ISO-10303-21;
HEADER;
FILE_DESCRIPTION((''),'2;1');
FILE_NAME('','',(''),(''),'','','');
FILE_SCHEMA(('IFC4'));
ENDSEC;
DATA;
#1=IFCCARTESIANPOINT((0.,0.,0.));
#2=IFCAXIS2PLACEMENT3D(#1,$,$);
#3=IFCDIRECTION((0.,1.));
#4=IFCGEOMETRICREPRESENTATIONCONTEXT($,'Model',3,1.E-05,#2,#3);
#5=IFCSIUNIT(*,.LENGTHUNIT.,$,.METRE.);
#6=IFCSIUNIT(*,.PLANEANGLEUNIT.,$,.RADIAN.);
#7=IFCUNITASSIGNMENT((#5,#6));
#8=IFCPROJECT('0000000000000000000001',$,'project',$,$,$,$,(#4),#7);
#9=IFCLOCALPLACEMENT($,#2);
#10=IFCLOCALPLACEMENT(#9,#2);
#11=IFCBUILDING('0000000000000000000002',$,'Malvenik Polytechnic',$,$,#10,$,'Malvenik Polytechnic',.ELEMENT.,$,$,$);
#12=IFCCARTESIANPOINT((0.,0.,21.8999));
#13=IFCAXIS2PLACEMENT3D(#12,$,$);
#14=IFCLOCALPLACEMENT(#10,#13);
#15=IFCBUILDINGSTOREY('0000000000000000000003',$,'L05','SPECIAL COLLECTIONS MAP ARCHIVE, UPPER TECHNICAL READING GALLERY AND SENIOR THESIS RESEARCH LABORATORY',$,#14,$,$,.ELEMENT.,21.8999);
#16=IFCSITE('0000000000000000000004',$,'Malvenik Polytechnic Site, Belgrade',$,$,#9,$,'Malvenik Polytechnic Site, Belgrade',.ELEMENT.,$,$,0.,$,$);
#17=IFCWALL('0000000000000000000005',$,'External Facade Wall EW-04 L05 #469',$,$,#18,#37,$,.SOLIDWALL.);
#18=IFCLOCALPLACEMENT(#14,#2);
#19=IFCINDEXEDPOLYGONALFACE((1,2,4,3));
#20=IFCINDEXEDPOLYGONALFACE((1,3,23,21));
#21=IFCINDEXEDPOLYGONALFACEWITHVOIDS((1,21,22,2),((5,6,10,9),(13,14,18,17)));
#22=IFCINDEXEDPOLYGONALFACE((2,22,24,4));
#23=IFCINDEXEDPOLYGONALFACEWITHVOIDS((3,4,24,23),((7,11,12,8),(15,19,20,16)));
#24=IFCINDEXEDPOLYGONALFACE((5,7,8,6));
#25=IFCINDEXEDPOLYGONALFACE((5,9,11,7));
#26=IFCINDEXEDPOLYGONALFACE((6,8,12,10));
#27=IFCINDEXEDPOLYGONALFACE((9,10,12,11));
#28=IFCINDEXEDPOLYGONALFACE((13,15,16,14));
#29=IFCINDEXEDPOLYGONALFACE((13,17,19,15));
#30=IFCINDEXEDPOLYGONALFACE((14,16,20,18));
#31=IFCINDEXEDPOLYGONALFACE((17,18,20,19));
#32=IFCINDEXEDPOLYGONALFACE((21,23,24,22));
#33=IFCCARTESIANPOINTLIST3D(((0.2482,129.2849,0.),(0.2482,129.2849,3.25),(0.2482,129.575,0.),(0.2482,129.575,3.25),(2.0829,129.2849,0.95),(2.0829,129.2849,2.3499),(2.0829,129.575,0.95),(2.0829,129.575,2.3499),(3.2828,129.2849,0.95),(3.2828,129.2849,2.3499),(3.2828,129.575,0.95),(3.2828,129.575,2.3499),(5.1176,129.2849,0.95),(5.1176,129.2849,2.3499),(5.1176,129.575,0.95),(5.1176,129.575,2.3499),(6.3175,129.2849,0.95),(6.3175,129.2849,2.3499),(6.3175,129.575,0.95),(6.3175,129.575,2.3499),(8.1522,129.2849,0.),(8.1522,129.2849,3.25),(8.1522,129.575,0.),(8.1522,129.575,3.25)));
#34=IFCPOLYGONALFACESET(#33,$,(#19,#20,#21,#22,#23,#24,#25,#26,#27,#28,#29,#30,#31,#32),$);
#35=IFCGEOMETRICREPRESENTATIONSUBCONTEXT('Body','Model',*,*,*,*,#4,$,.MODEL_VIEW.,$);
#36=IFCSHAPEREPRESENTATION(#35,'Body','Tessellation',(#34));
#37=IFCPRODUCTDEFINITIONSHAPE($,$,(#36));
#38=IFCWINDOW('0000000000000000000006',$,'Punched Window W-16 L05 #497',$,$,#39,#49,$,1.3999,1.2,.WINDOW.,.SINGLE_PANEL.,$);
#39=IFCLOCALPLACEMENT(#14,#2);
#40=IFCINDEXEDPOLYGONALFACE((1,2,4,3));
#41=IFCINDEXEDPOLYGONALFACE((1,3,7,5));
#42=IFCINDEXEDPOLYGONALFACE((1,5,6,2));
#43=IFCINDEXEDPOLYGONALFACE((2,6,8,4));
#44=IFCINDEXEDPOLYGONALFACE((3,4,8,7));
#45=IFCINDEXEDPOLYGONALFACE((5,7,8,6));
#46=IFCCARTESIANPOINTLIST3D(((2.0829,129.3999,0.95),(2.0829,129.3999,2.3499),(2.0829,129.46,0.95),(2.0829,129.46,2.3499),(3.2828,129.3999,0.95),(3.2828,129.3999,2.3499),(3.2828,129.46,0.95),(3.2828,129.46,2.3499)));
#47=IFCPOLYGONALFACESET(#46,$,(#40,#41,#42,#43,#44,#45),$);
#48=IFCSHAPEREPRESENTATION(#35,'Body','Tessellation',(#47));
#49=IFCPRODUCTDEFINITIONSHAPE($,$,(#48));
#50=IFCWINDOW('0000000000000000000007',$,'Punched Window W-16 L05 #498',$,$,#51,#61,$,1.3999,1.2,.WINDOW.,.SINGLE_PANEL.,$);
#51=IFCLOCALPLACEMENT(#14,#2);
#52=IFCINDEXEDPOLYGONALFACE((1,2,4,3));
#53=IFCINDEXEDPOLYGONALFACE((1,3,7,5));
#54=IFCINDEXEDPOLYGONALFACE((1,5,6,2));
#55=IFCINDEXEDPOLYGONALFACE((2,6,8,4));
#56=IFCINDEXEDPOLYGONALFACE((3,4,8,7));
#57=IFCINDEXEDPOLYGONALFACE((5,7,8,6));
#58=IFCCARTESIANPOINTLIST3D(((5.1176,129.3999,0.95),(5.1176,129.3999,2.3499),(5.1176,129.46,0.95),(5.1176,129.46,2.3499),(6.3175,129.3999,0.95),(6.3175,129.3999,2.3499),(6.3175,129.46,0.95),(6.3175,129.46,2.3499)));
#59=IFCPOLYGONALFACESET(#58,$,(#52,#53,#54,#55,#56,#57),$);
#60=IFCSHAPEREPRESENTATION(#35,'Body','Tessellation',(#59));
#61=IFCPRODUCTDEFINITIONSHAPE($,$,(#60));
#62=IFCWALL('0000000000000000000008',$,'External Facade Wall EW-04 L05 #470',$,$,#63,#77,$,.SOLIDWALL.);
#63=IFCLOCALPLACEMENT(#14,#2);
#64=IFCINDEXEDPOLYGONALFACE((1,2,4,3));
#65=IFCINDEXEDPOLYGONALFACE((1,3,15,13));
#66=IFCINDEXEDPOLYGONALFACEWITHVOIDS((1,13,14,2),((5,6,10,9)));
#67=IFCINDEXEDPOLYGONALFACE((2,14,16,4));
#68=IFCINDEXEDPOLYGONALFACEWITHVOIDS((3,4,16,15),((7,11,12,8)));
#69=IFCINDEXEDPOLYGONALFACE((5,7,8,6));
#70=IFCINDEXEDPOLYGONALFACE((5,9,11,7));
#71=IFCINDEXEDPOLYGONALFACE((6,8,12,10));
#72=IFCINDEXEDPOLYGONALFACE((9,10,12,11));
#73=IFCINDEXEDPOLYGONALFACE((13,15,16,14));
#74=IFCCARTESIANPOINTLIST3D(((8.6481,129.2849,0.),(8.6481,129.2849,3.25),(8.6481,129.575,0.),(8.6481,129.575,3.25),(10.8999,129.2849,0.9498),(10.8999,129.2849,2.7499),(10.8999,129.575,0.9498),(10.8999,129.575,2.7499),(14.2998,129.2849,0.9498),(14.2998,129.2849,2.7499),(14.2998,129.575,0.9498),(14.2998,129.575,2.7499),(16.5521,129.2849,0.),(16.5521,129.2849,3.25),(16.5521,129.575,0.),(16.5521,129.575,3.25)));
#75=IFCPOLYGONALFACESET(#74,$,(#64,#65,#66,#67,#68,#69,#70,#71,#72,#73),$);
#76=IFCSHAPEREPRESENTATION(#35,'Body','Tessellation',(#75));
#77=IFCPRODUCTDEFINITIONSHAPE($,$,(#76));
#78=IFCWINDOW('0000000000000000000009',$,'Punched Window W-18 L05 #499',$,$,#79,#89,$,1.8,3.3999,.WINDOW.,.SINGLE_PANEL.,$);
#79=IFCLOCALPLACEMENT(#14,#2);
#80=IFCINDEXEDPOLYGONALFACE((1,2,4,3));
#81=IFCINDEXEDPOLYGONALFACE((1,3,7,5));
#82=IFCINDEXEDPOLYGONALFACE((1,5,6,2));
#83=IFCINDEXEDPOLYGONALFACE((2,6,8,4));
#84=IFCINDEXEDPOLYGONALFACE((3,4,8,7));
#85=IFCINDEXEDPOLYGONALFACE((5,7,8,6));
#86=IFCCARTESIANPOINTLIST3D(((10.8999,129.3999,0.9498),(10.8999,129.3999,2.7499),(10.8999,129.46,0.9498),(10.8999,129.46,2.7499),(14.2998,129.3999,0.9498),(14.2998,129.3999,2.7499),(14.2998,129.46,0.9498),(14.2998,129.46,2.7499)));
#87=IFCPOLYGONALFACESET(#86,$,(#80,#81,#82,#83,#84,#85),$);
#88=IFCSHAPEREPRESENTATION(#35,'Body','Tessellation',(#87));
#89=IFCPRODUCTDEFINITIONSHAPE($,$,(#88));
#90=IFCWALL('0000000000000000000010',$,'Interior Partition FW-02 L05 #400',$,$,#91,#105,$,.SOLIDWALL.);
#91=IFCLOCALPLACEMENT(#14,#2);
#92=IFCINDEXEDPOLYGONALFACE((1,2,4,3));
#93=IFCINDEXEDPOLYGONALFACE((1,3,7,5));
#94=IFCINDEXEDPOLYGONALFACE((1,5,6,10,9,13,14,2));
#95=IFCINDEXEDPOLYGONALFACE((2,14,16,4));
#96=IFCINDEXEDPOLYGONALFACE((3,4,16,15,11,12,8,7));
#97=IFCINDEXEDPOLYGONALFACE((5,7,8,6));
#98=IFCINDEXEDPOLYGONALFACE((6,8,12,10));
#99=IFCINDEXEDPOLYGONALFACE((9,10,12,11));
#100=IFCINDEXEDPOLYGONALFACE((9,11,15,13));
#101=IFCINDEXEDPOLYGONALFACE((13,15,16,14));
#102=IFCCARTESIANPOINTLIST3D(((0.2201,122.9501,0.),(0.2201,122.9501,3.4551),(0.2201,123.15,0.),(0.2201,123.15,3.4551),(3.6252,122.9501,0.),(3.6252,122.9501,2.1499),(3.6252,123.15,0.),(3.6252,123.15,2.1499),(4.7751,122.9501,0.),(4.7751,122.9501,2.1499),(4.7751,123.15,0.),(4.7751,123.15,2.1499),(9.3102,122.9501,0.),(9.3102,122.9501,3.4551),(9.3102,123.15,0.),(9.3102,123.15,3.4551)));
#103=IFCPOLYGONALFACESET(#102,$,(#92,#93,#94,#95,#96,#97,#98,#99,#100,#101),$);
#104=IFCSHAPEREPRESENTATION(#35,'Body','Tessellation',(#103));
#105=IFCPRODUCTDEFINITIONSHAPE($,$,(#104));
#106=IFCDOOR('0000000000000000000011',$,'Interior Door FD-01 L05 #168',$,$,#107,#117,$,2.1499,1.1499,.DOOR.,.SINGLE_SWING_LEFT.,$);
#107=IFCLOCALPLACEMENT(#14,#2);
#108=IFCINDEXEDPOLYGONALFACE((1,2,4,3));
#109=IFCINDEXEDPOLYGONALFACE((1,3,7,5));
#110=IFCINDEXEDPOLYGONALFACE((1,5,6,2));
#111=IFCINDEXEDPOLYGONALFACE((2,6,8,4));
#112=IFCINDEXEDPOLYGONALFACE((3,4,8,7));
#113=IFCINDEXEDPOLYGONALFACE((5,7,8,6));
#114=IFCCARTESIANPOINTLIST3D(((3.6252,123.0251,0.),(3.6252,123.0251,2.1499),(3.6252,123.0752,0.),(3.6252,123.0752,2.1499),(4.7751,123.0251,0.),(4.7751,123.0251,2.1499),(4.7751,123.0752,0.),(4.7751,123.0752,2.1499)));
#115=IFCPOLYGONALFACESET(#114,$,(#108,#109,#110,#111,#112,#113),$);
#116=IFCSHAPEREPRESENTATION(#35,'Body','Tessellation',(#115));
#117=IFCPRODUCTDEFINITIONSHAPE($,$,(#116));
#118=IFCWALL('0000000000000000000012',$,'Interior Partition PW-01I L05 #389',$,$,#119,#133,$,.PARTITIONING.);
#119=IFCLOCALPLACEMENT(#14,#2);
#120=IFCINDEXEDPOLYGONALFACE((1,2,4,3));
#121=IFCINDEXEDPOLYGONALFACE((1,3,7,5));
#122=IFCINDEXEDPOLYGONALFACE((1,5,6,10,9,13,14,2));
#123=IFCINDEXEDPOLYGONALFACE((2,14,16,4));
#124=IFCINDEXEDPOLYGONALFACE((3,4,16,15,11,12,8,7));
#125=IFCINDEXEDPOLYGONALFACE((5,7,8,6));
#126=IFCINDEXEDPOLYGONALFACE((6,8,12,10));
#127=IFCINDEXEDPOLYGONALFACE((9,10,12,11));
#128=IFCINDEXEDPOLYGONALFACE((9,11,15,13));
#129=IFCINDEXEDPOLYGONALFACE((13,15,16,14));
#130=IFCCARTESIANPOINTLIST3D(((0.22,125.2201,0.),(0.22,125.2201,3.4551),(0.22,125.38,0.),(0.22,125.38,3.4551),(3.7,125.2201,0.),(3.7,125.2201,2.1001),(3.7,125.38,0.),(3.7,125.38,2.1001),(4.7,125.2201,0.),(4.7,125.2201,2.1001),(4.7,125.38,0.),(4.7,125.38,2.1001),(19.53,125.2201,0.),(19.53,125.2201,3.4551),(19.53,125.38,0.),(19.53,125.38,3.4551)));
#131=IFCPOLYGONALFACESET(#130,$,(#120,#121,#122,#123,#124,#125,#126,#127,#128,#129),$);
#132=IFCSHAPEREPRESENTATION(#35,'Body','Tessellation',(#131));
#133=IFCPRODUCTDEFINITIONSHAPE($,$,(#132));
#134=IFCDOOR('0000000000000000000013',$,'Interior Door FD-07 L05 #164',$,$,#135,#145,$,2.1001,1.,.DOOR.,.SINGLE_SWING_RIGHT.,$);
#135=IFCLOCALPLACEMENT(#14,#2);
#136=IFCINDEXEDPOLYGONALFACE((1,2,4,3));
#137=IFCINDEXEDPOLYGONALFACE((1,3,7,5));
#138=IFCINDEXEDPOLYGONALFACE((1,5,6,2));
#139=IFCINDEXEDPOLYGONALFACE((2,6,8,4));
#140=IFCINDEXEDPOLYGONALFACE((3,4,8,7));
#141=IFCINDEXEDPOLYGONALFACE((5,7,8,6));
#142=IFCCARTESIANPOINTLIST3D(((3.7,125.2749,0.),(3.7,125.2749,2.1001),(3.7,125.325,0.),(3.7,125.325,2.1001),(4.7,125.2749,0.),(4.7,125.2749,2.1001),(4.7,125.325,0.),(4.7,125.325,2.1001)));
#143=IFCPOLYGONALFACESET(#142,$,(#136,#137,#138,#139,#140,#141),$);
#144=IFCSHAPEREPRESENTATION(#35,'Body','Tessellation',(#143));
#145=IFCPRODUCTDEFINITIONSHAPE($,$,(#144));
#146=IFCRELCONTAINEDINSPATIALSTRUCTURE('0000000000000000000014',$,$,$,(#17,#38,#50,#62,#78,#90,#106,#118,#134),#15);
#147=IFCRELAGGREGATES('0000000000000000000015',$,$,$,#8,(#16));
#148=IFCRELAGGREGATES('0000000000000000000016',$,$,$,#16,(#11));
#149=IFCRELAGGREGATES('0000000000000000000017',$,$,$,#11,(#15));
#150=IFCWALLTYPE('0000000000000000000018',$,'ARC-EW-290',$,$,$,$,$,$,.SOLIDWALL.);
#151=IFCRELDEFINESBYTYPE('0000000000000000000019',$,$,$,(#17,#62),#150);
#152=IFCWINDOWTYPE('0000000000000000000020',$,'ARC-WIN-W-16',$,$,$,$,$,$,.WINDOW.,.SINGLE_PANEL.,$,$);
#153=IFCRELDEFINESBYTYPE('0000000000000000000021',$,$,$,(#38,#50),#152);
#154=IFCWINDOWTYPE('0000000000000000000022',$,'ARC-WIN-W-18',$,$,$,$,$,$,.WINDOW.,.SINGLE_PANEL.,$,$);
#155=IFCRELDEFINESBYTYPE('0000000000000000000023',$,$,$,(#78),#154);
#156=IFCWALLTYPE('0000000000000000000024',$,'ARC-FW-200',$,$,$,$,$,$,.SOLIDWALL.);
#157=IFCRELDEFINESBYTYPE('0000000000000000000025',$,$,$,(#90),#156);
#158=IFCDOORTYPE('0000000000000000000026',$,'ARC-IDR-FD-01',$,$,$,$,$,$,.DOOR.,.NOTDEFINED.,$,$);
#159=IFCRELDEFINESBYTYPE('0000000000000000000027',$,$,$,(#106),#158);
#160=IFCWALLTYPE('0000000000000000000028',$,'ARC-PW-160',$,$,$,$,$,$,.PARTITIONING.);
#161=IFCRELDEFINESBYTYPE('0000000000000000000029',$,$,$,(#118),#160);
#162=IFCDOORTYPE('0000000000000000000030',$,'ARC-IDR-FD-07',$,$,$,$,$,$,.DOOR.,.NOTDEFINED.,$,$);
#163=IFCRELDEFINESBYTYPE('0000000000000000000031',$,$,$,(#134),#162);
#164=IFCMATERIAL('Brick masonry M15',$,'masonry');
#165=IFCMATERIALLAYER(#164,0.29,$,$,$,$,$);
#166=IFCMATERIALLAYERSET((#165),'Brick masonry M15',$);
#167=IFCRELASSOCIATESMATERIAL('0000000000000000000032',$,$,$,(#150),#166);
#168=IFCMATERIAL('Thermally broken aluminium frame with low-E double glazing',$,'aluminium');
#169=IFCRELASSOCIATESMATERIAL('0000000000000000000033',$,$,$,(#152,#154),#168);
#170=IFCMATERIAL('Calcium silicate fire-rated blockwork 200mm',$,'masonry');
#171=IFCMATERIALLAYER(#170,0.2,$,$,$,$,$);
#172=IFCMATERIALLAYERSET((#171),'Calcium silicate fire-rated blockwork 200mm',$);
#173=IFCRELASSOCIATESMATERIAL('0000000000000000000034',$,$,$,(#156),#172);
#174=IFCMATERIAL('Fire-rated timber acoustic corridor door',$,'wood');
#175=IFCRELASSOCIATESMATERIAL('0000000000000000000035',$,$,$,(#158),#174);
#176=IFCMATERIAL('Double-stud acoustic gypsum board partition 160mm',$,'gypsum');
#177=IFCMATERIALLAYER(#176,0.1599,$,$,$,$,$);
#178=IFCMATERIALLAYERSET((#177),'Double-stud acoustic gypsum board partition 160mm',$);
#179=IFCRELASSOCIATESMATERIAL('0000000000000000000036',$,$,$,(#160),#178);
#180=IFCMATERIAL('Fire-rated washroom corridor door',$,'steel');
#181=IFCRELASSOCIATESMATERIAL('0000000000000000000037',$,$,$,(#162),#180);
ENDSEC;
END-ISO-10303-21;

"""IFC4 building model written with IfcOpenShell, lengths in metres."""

from ifc_helpers import new_model, si_unit, direction, frame, frame_2d, origin, place, context, subcontext, project, spatial, rectangle, extrude, material, layer, layer_set, type_object, element, fill, save


model = new_model("IFC4")

# Units and contexts
model_context = context("Model", 3, precision=1e-05, world=origin(), true_north=direction((0.0, 1.0)))
body_context = subcontext(model_context, "Body", "Model", "MODEL_VIEW")
ifc_project = project(units=[si_unit("LENGTHUNIT", "METRE"), si_unit("PLANEANGLEUNIT", "RADIAN")], contexts=[model_context])

# Site, building, storey
site_placement = place(None, origin())
site = spatial("IfcSite", under=ifc_project, at=site_placement, Name="Malvenik Polytechnic Site, Belgrade", LongName="Malvenik Polytechnic Site, Belgrade", CompositionType="ELEMENT", RefElevation=0.0)
building_placement = place(site_placement, origin())
building = spatial("IfcBuilding", under=site, at=building_placement, Name="Malvenik Polytechnic", LongName="Malvenik Polytechnic", CompositionType="ELEMENT")
storey_placement = place(building_placement, frame((0.0, 0.0, 21.8999)))
storey = spatial("IfcBuildingStorey", under=building, at=storey_placement, Name="L05", Description="SPECIAL COLLECTIONS MAP ARCHIVE, UPPER TECHNICAL READING GALLERY AND SENIOR THESIS RESEARCH LABORATORY", CompositionType="ELEMENT", Elevation=21.8999)

# Shared definitions
ifc_material_1 = material(Name="Brick masonry M15", Category="masonry")
ifc_layer_1 = layer(ifc_material_1, 0.29)
ifc_layer_set_1 = layer_set([ifc_layer_1], Name="Brick masonry M15")
wall_type_1 = type_object("IfcWallType", Name="ARC-EW-290", PredefinedType="SOLIDWALL", material=ifc_layer_set_1)

# Wall, openings, windows
wall_1_placement = place(storey_placement, frame((0.248, 129.4299, 0.0), z_axis=(0.0, 0.0, 1.0), x_axis=(1.0, 0.0, 0.0)))
wall_1 = element("IfcWall", 1, at=wall_1_placement, inside=storey, type_object=wall_type_1, Name="External Facade Wall EW-04 L05 #469", PredefinedType="SOLIDWALL", context=body_context, shape_type="SweptSolid", body=[
    extrude(rectangle(XDim=7.9041, YDim=0.29, at=frame_2d((3.9521, 0.0))), origin(), (0.0, 0.0, 1.0), 3.25),
])
opening_1_placement = place(wall_1_placement, frame((1.8347, 0.0, 0.95)))
opening_1 = element("IfcOpeningElement", 2, at=opening_1_placement, cuts=wall_1, PredefinedType="OPENING", context=body_context, shape_type="SweptSolid", body=[
    extrude(rectangle(XDim=1.2, YDim=1.3999, at=frame_2d((0.6001, 0.7))), frame((0.0, 0.155, 0.0), z_axis=(0.0, -1.0, 0.0), x_axis=(1.0, 0.0, 0.0)), (0.0, 0.0, 1.0), 0.3101),
])
opening_2_placement = place(wall_1_placement, frame((4.8694, 0.0, 0.95)))
opening_2 = element("IfcOpeningElement", 3, at=opening_2_placement, cuts=wall_1, PredefinedType="OPENING", context=body_context, shape_type="SweptSolid", body=[
    extrude(rectangle(XDim=1.2, YDim=1.3999, at=frame_2d((0.6001, 0.7))), frame((0.0, 0.155, 0.0), z_axis=(0.0, -1.0, 0.0), x_axis=(1.0, 0.0, 0.0)), (0.0, 0.0, 1.0), 0.3101),
])
ifc_material_2 = material(Name="Thermally broken aluminium frame with low-E double glazing", Category="aluminium")
window_type_1 = type_object("IfcWindowType", Name="ARC-WIN-W-16", PartitioningType="SINGLE_PANEL", PredefinedType="WINDOW", material=ifc_material_2)
window_1_placement = place(opening_1_placement, origin())
window_1 = element("IfcWindow", 4, at=window_1_placement, inside=storey, type_object=window_type_1, Name="Punched Window W-16 L05 #497", OverallHeight=1.3999, OverallWidth=1.2, PartitioningType="SINGLE_PANEL", PredefinedType="WINDOW", context=body_context, shape_type="SweptSolid", body=[
    extrude(rectangle(XDim=1.2, YDim=1.3999, at=frame_2d((0.6001, 0.7))), frame((0.0, 0.03, 0.0), z_axis=(0.0, -1.0, 0.0), x_axis=(1.0, 0.0, 0.0)), (0.0, 0.0, 1.0), 0.0601),
])
fill(opening_1, window_1)
window_2_placement = place(opening_2_placement, origin())
window_2 = element("IfcWindow", 5, at=window_2_placement, inside=storey, type_object=window_type_1, Name="Punched Window W-16 L05 #498", OverallHeight=1.3999, OverallWidth=1.2, PartitioningType="SINGLE_PANEL", PredefinedType="WINDOW", context=body_context, shape_type="SweptSolid", body=[
    extrude(rectangle(XDim=1.2, YDim=1.3999, at=frame_2d((0.6001, 0.7))), frame((0.0, 0.03, 0.0), z_axis=(0.0, -1.0, 0.0), x_axis=(1.0, 0.0, 0.0)), (0.0, 0.0, 1.0), 0.0601),
])
fill(opening_2, window_2)

# Wall, opening, window
wall_2_placement = place(storey_placement, frame((8.6479, 129.4299, 0.0), z_axis=(0.0, 0.0, 1.0), x_axis=(1.0, 0.0, 0.0)))
wall_2 = element("IfcWall", 6, at=wall_2_placement, inside=storey, type_object=wall_type_1, Name="External Facade Wall EW-04 L05 #470", PredefinedType="SOLIDWALL", context=body_context, shape_type="SweptSolid", body=[
    extrude(rectangle(XDim=7.9041, YDim=0.29, at=frame_2d((3.9521, 0.0))), origin(), (0.0, 0.0, 1.0), 3.25),
])
opening_3_placement = place(wall_2_placement, frame((2.252, 0.0, 0.95)))
opening_3 = element("IfcOpeningElement", 7, at=opening_3_placement, cuts=wall_2, PredefinedType="OPENING", context=body_context, shape_type="SweptSolid", body=[
    extrude(rectangle(XDim=3.3999, YDim=1.8, at=frame_2d((1.7, 0.8999))), frame((0.0, 0.155, 0.0), z_axis=(0.0, -1.0, 0.0), x_axis=(1.0, 0.0, 0.0)), (0.0, 0.0, 1.0), 0.3101),
])
window_type_2 = type_object("IfcWindowType", Name="ARC-WIN-W-18", PartitioningType="SINGLE_PANEL", PredefinedType="WINDOW", material=ifc_material_2)
window_3_placement = place(opening_3_placement, origin())
window_3 = element("IfcWindow", 8, at=window_3_placement, inside=storey, type_object=window_type_2, Name="Punched Window W-18 L05 #499", OverallHeight=1.8, OverallWidth=3.3999, PartitioningType="SINGLE_PANEL", PredefinedType="WINDOW", context=body_context, shape_type="SweptSolid", body=[
    extrude(rectangle(XDim=3.3999, YDim=1.8, at=frame_2d((1.7, 0.8999))), frame((0.0, 0.03, 0.0), z_axis=(0.0, -1.0, 0.0), x_axis=(1.0, 0.0, 0.0)), (0.0, 0.0, 1.0), 0.0601),
])
fill(opening_3, window_3)

# Walls, openings, doors
ifc_material_3 = material(Name="Calcium silicate fire-rated blockwork 200mm", Category="masonry")
ifc_layer_2 = layer(ifc_material_3, 0.2)
ifc_layer_set_2 = layer_set([ifc_layer_2], Name="Calcium silicate fire-rated blockwork 200mm")
wall_type_2 = type_object("IfcWallType", Name="ARC-FW-200", PredefinedType="SOLIDWALL", material=ifc_layer_set_2)
wall_3_placement = place(storey_placement, frame((9.3101, 123.05, 0.0), z_axis=(0.0, 0.0, 1.0), x_axis=(-1.0, 0.0, 0.0)))
wall_3 = element("IfcWall", 9, at=wall_3_placement, inside=storey, type_object=wall_type_2, Name="Interior Partition FW-02 L05 #400", PredefinedType="SOLIDWALL", context=body_context, shape_type="SweptSolid", body=[
    extrude(rectangle(XDim=9.0901, YDim=0.2, at=frame_2d((4.5449, 0.0))), origin(), (0.0, 0.0, 1.0), 3.4551),
])
opening_4_placement = place(wall_3_placement, frame((4.5349, 0.0, 0.0)))
opening_4 = element("IfcOpeningElement", 10, at=opening_4_placement, cuts=wall_3, PredefinedType="OPENING", context=body_context, shape_type="SweptSolid", body=[
    extrude(rectangle(XDim=1.1499, YDim=2.1499, at=frame_2d((0.575, 1.075))), frame((0.0, 0.1099, 0.0), z_axis=(0.0, -1.0, 0.0), x_axis=(1.0, 0.0, 0.0)), (0.0, 0.0, 1.0), 0.22),
])
ifc_material_4 = material(Name="Fire-rated timber acoustic corridor door", Category="wood")
door_type_1 = type_object("IfcDoorType", Name="ARC-IDR-FD-01", OperationType="NOTDEFINED", PredefinedType="DOOR", material=ifc_material_4)
door_1_placement = place(opening_4_placement, origin())
door_1 = element("IfcDoor", 11, at=door_1_placement, inside=storey, type_object=door_type_1, Name="Interior Door FD-01 L05 #168", OperationType="SINGLE_SWING_LEFT", OverallHeight=2.1499, OverallWidth=1.1499, PredefinedType="DOOR", context=body_context, shape_type="SweptSolid", body=[
    extrude(rectangle(XDim=1.1499, YDim=2.1499, at=frame_2d((0.575, 1.075))), frame((0.0, 0.0249, 0.0), z_axis=(0.0, -1.0, 0.0), x_axis=(1.0, 0.0, 0.0)), (0.0, 0.0, 1.0), 0.05),
])
fill(opening_4, door_1)
ifc_material_5 = material(Name="Double-stud acoustic gypsum board partition 160mm", Category="gypsum")
ifc_layer_3 = layer(ifc_material_5, 0.1599)
ifc_layer_set_3 = layer_set([ifc_layer_3], Name="Double-stud acoustic gypsum board partition 160mm")
wall_type_3 = type_object("IfcWallType", Name="ARC-PW-160", PredefinedType="PARTITIONING", material=ifc_layer_set_3)
wall_4_placement = place(storey_placement, frame((0.22, 125.3, 0.0), z_axis=(0.0, 0.0, 1.0), x_axis=(1.0, 0.0, 0.0)))
wall_4 = element("IfcWall", 12, at=wall_4_placement, inside=storey, type_object=wall_type_3, Name="Interior Partition PW-01I L05 #389", PredefinedType="PARTITIONING", context=body_context, shape_type="SweptSolid", body=[
    extrude(rectangle(XDim=19.3101, YDim=0.1599, at=frame_2d((9.655, 0.0))), origin(), (0.0, 0.0, 1.0), 3.4551),
])
opening_5_placement = place(wall_4_placement, frame((3.48, 0.0, 0.0)))
opening_5 = element("IfcOpeningElement", 13, at=opening_5_placement, cuts=wall_4, PredefinedType="OPENING", context=body_context, shape_type="SweptSolid", body=[
    extrude(rectangle(XDim=1.0, YDim=2.1001, at=frame_2d((0.5, 1.05))), frame((0.0, 0.0898, 0.0), z_axis=(0.0, -1.0, 0.0), x_axis=(1.0, 0.0, 0.0)), (0.0, 0.0, 1.0), 0.1799),
])
ifc_material_6 = material(Name="Fire-rated washroom corridor door", Category="steel")
door_type_2 = type_object("IfcDoorType", Name="ARC-IDR-FD-07", OperationType="NOTDEFINED", PredefinedType="DOOR", material=ifc_material_6)
door_2_placement = place(opening_5_placement, origin())
door_2 = element("IfcDoor", 14, at=door_2_placement, inside=storey, type_object=door_type_2, Name="Interior Door FD-07 L05 #164", OperationType="SINGLE_SWING_RIGHT", OverallHeight=2.1001, OverallWidth=1.0, PredefinedType="DOOR", context=body_context, shape_type="SweptSolid", body=[
    extrude(rectangle(XDim=1.0, YDim=2.1001, at=frame_2d((0.5, 1.05))), frame((0.0, 0.0249, 0.0), z_axis=(0.0, -1.0, 0.0), x_axis=(1.0, 0.0, 0.0)), (0.0, 0.0, 1.0), 0.05),
])
fill(opening_5, door_2)

save(model, "model.ifc")
